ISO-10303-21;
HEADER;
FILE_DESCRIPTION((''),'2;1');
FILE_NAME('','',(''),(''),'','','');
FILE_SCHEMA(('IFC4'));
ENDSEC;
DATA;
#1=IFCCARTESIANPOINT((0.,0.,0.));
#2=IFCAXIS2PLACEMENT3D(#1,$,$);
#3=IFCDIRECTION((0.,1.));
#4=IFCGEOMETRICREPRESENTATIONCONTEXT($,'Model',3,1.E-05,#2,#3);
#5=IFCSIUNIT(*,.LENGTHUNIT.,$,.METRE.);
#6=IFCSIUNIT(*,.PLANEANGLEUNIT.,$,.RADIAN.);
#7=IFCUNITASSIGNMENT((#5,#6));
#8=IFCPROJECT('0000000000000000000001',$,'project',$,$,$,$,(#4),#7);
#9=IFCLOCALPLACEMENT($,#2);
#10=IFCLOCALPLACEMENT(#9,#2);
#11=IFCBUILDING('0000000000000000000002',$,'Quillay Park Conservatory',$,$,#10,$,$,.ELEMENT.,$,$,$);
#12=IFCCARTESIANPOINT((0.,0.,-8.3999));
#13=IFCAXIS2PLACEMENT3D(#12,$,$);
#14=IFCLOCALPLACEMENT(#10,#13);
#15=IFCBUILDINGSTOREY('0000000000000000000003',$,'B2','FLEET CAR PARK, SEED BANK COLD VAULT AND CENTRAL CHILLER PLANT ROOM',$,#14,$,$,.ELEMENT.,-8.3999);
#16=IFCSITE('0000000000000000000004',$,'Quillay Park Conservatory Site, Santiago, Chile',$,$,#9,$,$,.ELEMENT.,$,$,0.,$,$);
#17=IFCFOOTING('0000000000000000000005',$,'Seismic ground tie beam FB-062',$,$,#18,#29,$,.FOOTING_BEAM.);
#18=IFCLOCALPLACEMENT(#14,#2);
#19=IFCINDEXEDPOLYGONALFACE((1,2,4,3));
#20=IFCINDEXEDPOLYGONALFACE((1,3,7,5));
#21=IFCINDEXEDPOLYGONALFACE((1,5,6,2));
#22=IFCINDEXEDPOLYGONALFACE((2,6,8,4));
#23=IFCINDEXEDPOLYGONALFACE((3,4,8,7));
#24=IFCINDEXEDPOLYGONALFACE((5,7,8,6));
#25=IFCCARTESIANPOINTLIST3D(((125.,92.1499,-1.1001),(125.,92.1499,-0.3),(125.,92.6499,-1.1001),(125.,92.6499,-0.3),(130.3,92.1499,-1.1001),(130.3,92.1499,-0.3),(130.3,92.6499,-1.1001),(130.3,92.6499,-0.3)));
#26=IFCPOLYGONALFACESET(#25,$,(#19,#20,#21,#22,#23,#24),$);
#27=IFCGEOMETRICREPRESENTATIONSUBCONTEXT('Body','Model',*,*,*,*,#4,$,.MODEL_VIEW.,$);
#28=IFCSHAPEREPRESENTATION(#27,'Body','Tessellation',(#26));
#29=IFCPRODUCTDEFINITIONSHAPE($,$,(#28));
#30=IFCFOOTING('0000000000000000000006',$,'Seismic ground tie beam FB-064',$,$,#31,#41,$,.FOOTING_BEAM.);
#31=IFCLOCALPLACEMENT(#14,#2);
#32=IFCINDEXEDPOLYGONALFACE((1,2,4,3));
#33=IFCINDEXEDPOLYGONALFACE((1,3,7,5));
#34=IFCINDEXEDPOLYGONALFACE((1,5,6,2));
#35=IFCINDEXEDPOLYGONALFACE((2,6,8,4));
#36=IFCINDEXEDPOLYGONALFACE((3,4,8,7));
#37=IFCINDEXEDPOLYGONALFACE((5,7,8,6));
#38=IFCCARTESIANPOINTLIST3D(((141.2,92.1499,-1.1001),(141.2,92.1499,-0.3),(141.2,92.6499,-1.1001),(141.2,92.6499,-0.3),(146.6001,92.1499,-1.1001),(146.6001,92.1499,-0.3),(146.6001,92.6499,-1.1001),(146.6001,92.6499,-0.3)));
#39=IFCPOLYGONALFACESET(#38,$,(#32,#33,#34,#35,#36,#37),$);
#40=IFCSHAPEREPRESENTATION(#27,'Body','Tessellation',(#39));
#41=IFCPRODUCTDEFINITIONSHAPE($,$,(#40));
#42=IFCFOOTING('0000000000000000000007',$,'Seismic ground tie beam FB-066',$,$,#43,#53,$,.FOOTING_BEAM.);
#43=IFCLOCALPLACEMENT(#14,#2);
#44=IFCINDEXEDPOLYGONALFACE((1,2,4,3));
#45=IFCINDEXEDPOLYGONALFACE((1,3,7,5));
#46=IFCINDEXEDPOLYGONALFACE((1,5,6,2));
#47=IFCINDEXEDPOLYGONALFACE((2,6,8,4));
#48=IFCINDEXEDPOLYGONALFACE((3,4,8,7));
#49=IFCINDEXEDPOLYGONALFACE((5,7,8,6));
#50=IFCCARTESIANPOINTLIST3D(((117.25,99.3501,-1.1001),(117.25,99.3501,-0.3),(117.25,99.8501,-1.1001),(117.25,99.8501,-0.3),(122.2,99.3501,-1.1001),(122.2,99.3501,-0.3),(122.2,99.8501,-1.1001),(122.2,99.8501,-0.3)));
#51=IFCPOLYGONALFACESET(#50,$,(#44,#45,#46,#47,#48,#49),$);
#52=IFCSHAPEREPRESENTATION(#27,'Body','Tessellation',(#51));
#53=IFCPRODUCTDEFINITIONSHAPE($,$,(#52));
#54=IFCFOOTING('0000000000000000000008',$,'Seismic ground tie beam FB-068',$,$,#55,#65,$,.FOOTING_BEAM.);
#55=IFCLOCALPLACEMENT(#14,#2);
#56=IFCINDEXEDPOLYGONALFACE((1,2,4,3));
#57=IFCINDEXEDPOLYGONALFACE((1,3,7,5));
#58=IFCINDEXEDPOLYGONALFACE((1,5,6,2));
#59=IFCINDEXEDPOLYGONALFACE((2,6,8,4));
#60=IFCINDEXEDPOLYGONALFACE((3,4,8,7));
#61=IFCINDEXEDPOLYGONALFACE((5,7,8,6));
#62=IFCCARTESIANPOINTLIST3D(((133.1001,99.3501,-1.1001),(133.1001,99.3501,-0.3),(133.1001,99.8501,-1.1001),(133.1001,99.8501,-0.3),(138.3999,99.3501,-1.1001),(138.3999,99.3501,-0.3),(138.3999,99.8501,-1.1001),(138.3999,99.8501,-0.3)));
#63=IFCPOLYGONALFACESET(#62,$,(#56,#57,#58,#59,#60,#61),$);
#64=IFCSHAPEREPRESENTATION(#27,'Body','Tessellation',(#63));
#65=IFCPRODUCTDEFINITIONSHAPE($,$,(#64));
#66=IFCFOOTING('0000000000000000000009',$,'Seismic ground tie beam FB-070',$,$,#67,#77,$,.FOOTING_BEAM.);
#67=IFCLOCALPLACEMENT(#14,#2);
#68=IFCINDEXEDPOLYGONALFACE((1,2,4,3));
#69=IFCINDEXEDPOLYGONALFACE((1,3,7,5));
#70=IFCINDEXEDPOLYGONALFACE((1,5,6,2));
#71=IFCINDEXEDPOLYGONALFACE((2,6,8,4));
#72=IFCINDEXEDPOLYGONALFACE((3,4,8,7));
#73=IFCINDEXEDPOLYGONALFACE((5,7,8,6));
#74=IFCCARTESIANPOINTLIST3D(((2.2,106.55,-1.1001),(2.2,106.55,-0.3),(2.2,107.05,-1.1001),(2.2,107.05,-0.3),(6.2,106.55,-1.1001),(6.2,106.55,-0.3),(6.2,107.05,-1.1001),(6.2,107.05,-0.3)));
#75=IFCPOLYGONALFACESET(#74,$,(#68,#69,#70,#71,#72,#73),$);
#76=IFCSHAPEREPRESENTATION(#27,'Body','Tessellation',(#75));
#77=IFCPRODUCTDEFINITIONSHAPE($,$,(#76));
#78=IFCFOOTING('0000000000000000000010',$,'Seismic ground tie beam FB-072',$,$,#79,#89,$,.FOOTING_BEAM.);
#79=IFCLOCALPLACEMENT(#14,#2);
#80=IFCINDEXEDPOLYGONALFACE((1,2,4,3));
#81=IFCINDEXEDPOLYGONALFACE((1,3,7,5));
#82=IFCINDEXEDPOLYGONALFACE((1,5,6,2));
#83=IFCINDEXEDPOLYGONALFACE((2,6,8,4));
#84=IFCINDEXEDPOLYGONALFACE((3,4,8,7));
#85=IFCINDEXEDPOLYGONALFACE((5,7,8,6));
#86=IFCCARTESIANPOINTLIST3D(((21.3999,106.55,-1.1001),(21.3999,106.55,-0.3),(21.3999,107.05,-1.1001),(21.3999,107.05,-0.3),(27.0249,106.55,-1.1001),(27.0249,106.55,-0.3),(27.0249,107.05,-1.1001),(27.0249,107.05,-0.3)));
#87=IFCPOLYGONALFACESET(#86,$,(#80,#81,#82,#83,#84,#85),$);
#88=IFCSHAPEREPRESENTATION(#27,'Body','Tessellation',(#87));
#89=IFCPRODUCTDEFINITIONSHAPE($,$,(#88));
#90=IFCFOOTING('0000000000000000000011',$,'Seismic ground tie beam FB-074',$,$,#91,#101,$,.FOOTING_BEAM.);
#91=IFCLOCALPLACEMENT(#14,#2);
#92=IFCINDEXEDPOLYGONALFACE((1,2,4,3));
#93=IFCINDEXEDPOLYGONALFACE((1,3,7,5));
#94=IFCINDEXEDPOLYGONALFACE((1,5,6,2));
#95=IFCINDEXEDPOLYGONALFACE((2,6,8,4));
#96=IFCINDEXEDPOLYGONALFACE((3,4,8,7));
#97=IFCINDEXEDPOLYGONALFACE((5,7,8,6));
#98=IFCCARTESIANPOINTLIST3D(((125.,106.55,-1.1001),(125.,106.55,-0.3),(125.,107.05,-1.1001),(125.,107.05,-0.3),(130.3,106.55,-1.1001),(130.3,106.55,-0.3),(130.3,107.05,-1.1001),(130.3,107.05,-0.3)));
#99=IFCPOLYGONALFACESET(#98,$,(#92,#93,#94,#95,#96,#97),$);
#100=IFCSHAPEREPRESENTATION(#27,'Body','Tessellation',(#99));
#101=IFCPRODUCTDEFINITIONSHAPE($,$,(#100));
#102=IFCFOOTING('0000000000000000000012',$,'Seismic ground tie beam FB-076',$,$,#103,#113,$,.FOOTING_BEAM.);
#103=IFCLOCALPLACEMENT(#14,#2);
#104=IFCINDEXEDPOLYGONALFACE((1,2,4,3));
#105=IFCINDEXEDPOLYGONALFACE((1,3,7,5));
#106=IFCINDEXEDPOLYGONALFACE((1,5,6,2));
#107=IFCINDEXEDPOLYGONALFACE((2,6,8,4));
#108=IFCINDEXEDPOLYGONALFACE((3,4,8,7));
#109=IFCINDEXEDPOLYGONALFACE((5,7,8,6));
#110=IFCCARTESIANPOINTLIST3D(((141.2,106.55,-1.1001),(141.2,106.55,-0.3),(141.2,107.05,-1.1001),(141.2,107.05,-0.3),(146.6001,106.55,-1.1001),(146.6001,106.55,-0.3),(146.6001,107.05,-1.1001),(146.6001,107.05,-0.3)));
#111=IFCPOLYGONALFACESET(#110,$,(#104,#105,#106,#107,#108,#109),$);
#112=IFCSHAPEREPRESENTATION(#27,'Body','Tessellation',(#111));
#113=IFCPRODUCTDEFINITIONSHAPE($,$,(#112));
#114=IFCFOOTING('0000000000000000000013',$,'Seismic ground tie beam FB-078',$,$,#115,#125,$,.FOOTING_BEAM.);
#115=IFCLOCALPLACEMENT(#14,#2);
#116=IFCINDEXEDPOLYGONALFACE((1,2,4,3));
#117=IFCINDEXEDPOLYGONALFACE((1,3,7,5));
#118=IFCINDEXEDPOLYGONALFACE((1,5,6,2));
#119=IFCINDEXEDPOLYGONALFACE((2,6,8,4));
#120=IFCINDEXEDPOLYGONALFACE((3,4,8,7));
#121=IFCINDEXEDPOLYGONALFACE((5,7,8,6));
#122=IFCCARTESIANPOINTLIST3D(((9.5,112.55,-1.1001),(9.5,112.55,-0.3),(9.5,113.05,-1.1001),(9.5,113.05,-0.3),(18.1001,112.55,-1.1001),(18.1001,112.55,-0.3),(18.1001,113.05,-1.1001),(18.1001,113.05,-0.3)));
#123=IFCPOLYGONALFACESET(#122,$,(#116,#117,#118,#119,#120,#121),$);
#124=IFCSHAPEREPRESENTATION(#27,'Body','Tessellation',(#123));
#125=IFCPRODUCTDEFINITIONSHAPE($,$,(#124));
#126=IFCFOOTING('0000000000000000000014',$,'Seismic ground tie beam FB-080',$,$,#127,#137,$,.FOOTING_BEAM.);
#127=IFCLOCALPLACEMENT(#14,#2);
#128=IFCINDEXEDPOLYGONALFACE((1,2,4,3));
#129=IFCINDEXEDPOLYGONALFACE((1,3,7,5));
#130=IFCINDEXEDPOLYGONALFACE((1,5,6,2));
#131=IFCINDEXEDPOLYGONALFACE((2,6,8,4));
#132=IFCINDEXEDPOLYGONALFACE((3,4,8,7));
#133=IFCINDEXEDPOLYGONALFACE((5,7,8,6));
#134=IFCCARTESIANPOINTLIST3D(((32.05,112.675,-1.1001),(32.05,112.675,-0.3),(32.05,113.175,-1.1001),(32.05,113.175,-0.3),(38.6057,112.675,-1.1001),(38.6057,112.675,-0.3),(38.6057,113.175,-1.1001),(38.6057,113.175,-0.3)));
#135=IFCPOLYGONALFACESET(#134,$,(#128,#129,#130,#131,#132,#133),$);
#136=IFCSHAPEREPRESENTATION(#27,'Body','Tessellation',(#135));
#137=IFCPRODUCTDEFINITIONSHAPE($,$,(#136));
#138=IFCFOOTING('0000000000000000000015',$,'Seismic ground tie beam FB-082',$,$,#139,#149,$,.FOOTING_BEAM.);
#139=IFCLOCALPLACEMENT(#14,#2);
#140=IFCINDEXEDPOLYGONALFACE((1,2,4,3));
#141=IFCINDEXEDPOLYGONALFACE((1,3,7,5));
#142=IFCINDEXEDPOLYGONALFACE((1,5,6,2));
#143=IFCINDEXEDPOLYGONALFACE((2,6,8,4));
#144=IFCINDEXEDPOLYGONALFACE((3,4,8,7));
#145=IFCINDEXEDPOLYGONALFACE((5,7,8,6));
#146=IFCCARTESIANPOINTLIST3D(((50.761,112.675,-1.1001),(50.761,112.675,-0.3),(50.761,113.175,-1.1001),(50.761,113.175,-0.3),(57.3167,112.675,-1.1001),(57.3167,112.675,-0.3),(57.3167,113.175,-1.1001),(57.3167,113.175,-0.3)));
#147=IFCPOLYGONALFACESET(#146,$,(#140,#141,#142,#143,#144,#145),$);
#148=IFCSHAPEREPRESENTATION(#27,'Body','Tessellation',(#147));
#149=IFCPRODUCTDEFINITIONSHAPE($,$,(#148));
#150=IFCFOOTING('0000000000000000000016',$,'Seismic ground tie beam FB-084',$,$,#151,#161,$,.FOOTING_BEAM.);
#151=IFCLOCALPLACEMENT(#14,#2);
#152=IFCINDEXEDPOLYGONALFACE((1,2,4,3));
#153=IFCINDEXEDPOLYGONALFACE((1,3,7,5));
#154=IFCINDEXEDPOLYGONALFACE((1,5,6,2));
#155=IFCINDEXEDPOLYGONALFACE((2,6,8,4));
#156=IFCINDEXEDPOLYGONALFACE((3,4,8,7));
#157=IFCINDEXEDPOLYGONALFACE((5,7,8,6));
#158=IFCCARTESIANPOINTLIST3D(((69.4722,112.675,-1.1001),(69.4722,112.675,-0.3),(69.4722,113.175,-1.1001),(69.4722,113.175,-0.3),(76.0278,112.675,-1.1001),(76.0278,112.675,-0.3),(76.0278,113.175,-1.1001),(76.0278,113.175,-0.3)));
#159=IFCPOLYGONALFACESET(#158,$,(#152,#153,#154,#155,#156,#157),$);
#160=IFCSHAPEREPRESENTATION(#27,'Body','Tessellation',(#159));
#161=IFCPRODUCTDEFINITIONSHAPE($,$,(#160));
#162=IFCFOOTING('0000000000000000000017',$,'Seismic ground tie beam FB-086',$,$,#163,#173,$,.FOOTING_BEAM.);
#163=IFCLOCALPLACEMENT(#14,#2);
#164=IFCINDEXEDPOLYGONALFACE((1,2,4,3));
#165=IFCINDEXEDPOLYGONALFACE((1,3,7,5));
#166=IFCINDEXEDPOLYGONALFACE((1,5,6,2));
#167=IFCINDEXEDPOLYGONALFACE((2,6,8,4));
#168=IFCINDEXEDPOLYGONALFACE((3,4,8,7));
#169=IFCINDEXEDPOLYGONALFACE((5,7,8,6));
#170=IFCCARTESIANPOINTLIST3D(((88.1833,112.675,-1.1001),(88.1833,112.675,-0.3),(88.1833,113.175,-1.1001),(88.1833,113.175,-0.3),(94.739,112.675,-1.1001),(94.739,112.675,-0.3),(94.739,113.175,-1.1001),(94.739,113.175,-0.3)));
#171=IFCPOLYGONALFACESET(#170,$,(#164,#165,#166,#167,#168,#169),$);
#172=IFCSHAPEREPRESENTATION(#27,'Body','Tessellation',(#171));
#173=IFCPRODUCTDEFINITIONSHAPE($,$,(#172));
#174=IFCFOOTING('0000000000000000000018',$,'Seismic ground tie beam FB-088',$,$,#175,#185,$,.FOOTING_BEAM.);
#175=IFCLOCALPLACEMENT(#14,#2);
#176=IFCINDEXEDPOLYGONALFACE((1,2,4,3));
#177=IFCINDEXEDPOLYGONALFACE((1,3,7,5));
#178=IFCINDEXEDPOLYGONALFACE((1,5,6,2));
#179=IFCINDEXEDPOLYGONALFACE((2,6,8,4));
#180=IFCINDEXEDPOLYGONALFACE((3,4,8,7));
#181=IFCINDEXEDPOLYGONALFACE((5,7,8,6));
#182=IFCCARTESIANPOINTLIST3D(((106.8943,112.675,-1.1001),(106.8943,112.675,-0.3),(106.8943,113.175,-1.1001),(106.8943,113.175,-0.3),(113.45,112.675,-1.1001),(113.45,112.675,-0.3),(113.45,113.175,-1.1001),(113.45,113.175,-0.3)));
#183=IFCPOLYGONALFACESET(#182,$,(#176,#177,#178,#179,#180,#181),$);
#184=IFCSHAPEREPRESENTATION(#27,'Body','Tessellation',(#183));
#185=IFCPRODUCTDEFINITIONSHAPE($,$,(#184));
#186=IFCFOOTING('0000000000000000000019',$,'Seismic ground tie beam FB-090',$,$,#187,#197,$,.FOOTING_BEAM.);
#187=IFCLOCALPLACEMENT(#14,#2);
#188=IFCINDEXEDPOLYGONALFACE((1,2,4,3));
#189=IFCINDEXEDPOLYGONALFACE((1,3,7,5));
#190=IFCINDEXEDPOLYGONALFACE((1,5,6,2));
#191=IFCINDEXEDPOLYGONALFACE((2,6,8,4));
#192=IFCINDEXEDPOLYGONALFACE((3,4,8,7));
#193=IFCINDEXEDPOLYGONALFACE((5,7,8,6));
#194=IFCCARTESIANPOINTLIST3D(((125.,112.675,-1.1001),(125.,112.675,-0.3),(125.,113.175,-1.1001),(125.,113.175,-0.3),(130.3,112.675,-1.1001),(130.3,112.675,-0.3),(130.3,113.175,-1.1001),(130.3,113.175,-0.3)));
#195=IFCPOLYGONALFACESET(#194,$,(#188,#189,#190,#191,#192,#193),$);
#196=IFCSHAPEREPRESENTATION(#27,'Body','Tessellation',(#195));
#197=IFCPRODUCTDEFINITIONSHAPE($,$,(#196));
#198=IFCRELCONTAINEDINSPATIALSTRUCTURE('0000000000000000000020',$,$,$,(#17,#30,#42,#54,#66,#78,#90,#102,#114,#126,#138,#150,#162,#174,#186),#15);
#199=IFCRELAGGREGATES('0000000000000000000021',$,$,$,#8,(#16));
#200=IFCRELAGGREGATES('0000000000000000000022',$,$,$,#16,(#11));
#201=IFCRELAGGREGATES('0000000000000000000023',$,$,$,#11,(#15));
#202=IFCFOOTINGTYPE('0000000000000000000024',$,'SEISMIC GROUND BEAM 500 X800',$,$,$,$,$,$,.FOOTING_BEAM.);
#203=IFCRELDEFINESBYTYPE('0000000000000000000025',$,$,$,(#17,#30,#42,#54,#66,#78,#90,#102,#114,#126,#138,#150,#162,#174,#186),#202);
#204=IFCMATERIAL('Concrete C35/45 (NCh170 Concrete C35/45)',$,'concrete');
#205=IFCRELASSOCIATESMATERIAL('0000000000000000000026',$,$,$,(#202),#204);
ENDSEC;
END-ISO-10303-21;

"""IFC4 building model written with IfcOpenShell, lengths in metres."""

from ifc_helpers import new_model, si_unit, direction, frame, origin, place, context, subcontext, project, spatial, polyline, outline, extrude, material, type_object, element, save


model = new_model("IFC4")

# Units and contexts
model_context = context("Model", 3, precision=1e-05, world=origin(), true_north=direction((0.0, 1.0)))
body_context = subcontext(model_context, "Body", "Model", "MODEL_VIEW")
ifc_project = project(units=[si_unit("LENGTHUNIT", "METRE"), si_unit("PLANEANGLEUNIT", "RADIAN")], contexts=[model_context])

# Site, building, storey
site_placement = place(None, origin())
site = spatial("IfcSite", under=ifc_project, at=site_placement, Name="Quillay Park Conservatory Site, Santiago, Chile", CompositionType="ELEMENT", RefElevation=0.0)
building_placement = place(site_placement, origin())
building = spatial("IfcBuilding", under=site, at=building_placement, Name="Quillay Park Conservatory", CompositionType="ELEMENT")
storey_placement = place(building_placement, frame((0.0, 0.0, -8.3999)))
storey = spatial("IfcBuildingStorey", under=building, at=storey_placement, Name="B2", Description="FLEET CAR PARK, SEED BANK COLD VAULT AND CENTRAL CHILLER PLANT ROOM", CompositionType="ELEMENT", Elevation=-8.3999)

# Footings
ifc_material = material(Name="Concrete C35/45 (NCh170 Concrete C35/45)", Category="concrete")
footing_type = type_object("IfcFootingType", Name="SEISMIC GROUND BEAM 500 X800", PredefinedType="FOOTING_BEAM", material=ifc_material)
footing_1_placement = place(storey_placement, frame((0.0, 0.0, -1.1001)))
element("IfcFooting", 1, at=footing_1_placement, inside=storey, type_object=footing_type, Name="Seismic ground tie beam FB-062", PredefinedType="FOOTING_BEAM", context=body_context, shape_type="SweptSolid", body=[
    extrude(outline(polyline([(125.0, 92.1499), (130.3, 92.1499), (130.3, 92.6499), (125.0, 92.6499), (125.0, 92.1499)])), origin(), (0.0, 0.0, 1.0), 0.8),
])
footing_2_placement = place(storey_placement, frame((0.0, 0.0, -1.1001)))
element("IfcFooting", 2, at=footing_2_placement, inside=storey, type_object=footing_type, Name="Seismic ground tie beam FB-064", PredefinedType="FOOTING_BEAM", context=body_context, shape_type="SweptSolid", body=[
    extrude(outline(polyline([(141.2, 92.1499), (146.6001, 92.1499), (146.6001, 92.6499), (141.2, 92.6499), (141.2, 92.1499)])), origin(), (0.0, 0.0, 1.0), 0.8),
])
footing_3_placement = place(storey_placement, frame((0.0, 0.0, -1.1001)))
element("IfcFooting", 3, at=footing_3_placement, inside=storey, type_object=footing_type, Name="Seismic ground tie beam FB-066", PredefinedType="FOOTING_BEAM", context=body_context, shape_type="SweptSolid", body=[
    extrude(outline(polyline([(117.25, 99.3501), (122.2, 99.3501), (122.2, 99.8501), (117.25, 99.8501), (117.25, 99.3501)])), origin(), (0.0, 0.0, 1.0), 0.8),
])
footing_4_placement = place(storey_placement, frame((0.0, 0.0, -1.1001)))
element("IfcFooting", 4, at=footing_4_placement, inside=storey, type_object=footing_type, Name="Seismic ground tie beam FB-068", PredefinedType="FOOTING_BEAM", context=body_context, shape_type="SweptSolid", body=[
    extrude(outline(polyline([(133.1001, 99.3501), (138.3999, 99.3501), (138.3999, 99.8501), (133.1001, 99.8501), (133.1001, 99.3501)])), origin(), (0.0, 0.0, 1.0), 0.8),
])
footing_5_placement = place(storey_placement, frame((0.0, 0.0, -1.1001)))
element("IfcFooting", 5, at=footing_5_placement, inside=storey, type_object=footing_type, Name="Seismic ground tie beam FB-070", PredefinedType="FOOTING_BEAM", context=body_context, shape_type="SweptSolid", body=[
    extrude(outline(polyline([(2.2, 106.55), (6.2, 106.55), (6.2, 107.05), (2.2, 107.05), (2.2, 106.55)])), origin(), (0.0, 0.0, 1.0), 0.8),
])
footing_6_placement = place(storey_placement, frame((0.0, 0.0, -1.1001)))
element("IfcFooting", 6, at=footing_6_placement, inside=storey, type_object=footing_type, Name="Seismic ground tie beam FB-072", PredefinedType="FOOTING_BEAM", context=body_context, shape_type="SweptSolid", body=[
    extrude(outline(polyline([(21.3999, 106.55), (27.0249, 106.55), (27.0249, 107.05), (21.3999, 107.05), (21.3999, 106.55)])), origin(), (0.0, 0.0, 1.0), 0.8),
])
footing_7_placement = place(storey_placement, frame((0.0, 0.0, -1.1001)))
element("IfcFooting", 7, at=footing_7_placement, inside=storey, type_object=footing_type, Name="Seismic ground tie beam FB-074", PredefinedType="FOOTING_BEAM", context=body_context, shape_type="SweptSolid", body=[
    extrude(outline(polyline([(125.0, 106.55), (130.3, 106.55), (130.3, 107.05), (125.0, 107.05), (125.0, 106.55)])), origin(), (0.0, 0.0, 1.0), 0.8),
])
footing_8_placement = place(storey_placement, frame((0.0, 0.0, -1.1001)))
element("IfcFooting", 8, at=footing_8_placement, inside=storey, type_object=footing_type, Name="Seismic ground tie beam FB-076", PredefinedType="FOOTING_BEAM", context=body_context, shape_type="SweptSolid", body=[
    extrude(outline(polyline([(141.2, 106.55), (146.6001, 106.55), (146.6001, 107.05), (141.2, 107.05), (141.2, 106.55)])), origin(), (0.0, 0.0, 1.0), 0.8),
])
footing_9_placement = place(storey_placement, frame((0.0, 0.0, -1.1001)))
element("IfcFooting", 9, at=footing_9_placement, inside=storey, type_object=footing_type, Name="Seismic ground tie beam FB-078", PredefinedType="FOOTING_BEAM", context=body_context, shape_type="SweptSolid", body=[
    extrude(outline(polyline([(9.5, 112.55), (18.1001, 112.55), (18.1001, 113.05), (9.5, 113.05), (9.5, 112.55)])), origin(), (0.0, 0.0, 1.0), 0.8),
])
footing_10_placement = place(storey_placement, frame((0.0, 0.0, -1.1001)))
element("IfcFooting", 10, at=footing_10_placement, inside=storey, type_object=footing_type, Name="Seismic ground tie beam FB-080", PredefinedType="FOOTING_BEAM", context=body_context, shape_type="SweptSolid", body=[
    extrude(outline(polyline([(32.05, 112.675), (38.6057, 112.675), (38.6057, 113.175), (32.05, 113.175), (32.05, 112.675)])), origin(), (0.0, 0.0, 1.0), 0.8),
])
footing_11_placement = place(storey_placement, frame((0.0, 0.0, -1.1001)))
element("IfcFooting", 11, at=footing_11_placement, inside=storey, type_object=footing_type, Name="Seismic ground tie beam FB-082", PredefinedType="FOOTING_BEAM", context=body_context, shape_type="SweptSolid", body=[
    extrude(outline(polyline([(50.761, 112.675), (57.3167, 112.675), (57.3167, 113.175), (50.761, 113.175), (50.761, 112.675)])), origin(), (0.0, 0.0, 1.0), 0.8),
])
footing_12_placement = place(storey_placement, frame((0.0, 0.0, -1.1001)))
element("IfcFooting", 12, at=footing_12_placement, inside=storey, type_object=footing_type, Name="Seismic ground tie beam FB-084", PredefinedType="FOOTING_BEAM", context=body_context, shape_type="SweptSolid", body=[
    extrude(outline(polyline([(69.4722, 112.675), (76.0278, 112.675), (76.0278, 113.175), (69.4722, 113.175), (69.4722, 112.675)])), origin(), (0.0, 0.0, 1.0), 0.8),
])
footing_13_placement = place(storey_placement, frame((0.0, 0.0, -1.1001)))
element("IfcFooting", 13, at=footing_13_placement, inside=storey, type_object=footing_type, Name="Seismic ground tie beam FB-086", PredefinedType="FOOTING_BEAM", context=body_context, shape_type="SweptSolid", body=[
    extrude(outline(polyline([(88.1833, 112.675), (94.739, 112.675), (94.739, 113.175), (88.1833, 113.175), (88.1833, 112.675)])), origin(), (0.0, 0.0, 1.0), 0.8),
])
footing_14_placement = place(storey_placement, frame((0.0, 0.0, -1.1001)))
element("IfcFooting", 14, at=footing_14_placement, inside=storey, type_object=footing_type, Name="Seismic ground tie beam FB-088", PredefinedType="FOOTING_BEAM", context=body_context, shape_type="SweptSolid", body=[
    extrude(outline(polyline([(106.8943, 112.675), (113.45, 112.675), (113.45, 113.175), (106.8943, 113.175), (106.8943, 112.675)])), origin(), (0.0, 0.0, 1.0), 0.8),
])
footing_15_placement = place(storey_placement, frame((0.0, 0.0, -1.1001)))
element("IfcFooting", 15, at=footing_15_placement, inside=storey, type_object=footing_type, Name="Seismic ground tie beam FB-090", PredefinedType="FOOTING_BEAM", context=body_context, shape_type="SweptSolid", body=[
    extrude(outline(polyline([(125.0, 112.675), (130.3, 112.675), (130.3, 113.175), (125.0, 113.175), (125.0, 112.675)])), origin(), (0.0, 0.0, 1.0), 0.8),
])

save(model, "model.ifc")
